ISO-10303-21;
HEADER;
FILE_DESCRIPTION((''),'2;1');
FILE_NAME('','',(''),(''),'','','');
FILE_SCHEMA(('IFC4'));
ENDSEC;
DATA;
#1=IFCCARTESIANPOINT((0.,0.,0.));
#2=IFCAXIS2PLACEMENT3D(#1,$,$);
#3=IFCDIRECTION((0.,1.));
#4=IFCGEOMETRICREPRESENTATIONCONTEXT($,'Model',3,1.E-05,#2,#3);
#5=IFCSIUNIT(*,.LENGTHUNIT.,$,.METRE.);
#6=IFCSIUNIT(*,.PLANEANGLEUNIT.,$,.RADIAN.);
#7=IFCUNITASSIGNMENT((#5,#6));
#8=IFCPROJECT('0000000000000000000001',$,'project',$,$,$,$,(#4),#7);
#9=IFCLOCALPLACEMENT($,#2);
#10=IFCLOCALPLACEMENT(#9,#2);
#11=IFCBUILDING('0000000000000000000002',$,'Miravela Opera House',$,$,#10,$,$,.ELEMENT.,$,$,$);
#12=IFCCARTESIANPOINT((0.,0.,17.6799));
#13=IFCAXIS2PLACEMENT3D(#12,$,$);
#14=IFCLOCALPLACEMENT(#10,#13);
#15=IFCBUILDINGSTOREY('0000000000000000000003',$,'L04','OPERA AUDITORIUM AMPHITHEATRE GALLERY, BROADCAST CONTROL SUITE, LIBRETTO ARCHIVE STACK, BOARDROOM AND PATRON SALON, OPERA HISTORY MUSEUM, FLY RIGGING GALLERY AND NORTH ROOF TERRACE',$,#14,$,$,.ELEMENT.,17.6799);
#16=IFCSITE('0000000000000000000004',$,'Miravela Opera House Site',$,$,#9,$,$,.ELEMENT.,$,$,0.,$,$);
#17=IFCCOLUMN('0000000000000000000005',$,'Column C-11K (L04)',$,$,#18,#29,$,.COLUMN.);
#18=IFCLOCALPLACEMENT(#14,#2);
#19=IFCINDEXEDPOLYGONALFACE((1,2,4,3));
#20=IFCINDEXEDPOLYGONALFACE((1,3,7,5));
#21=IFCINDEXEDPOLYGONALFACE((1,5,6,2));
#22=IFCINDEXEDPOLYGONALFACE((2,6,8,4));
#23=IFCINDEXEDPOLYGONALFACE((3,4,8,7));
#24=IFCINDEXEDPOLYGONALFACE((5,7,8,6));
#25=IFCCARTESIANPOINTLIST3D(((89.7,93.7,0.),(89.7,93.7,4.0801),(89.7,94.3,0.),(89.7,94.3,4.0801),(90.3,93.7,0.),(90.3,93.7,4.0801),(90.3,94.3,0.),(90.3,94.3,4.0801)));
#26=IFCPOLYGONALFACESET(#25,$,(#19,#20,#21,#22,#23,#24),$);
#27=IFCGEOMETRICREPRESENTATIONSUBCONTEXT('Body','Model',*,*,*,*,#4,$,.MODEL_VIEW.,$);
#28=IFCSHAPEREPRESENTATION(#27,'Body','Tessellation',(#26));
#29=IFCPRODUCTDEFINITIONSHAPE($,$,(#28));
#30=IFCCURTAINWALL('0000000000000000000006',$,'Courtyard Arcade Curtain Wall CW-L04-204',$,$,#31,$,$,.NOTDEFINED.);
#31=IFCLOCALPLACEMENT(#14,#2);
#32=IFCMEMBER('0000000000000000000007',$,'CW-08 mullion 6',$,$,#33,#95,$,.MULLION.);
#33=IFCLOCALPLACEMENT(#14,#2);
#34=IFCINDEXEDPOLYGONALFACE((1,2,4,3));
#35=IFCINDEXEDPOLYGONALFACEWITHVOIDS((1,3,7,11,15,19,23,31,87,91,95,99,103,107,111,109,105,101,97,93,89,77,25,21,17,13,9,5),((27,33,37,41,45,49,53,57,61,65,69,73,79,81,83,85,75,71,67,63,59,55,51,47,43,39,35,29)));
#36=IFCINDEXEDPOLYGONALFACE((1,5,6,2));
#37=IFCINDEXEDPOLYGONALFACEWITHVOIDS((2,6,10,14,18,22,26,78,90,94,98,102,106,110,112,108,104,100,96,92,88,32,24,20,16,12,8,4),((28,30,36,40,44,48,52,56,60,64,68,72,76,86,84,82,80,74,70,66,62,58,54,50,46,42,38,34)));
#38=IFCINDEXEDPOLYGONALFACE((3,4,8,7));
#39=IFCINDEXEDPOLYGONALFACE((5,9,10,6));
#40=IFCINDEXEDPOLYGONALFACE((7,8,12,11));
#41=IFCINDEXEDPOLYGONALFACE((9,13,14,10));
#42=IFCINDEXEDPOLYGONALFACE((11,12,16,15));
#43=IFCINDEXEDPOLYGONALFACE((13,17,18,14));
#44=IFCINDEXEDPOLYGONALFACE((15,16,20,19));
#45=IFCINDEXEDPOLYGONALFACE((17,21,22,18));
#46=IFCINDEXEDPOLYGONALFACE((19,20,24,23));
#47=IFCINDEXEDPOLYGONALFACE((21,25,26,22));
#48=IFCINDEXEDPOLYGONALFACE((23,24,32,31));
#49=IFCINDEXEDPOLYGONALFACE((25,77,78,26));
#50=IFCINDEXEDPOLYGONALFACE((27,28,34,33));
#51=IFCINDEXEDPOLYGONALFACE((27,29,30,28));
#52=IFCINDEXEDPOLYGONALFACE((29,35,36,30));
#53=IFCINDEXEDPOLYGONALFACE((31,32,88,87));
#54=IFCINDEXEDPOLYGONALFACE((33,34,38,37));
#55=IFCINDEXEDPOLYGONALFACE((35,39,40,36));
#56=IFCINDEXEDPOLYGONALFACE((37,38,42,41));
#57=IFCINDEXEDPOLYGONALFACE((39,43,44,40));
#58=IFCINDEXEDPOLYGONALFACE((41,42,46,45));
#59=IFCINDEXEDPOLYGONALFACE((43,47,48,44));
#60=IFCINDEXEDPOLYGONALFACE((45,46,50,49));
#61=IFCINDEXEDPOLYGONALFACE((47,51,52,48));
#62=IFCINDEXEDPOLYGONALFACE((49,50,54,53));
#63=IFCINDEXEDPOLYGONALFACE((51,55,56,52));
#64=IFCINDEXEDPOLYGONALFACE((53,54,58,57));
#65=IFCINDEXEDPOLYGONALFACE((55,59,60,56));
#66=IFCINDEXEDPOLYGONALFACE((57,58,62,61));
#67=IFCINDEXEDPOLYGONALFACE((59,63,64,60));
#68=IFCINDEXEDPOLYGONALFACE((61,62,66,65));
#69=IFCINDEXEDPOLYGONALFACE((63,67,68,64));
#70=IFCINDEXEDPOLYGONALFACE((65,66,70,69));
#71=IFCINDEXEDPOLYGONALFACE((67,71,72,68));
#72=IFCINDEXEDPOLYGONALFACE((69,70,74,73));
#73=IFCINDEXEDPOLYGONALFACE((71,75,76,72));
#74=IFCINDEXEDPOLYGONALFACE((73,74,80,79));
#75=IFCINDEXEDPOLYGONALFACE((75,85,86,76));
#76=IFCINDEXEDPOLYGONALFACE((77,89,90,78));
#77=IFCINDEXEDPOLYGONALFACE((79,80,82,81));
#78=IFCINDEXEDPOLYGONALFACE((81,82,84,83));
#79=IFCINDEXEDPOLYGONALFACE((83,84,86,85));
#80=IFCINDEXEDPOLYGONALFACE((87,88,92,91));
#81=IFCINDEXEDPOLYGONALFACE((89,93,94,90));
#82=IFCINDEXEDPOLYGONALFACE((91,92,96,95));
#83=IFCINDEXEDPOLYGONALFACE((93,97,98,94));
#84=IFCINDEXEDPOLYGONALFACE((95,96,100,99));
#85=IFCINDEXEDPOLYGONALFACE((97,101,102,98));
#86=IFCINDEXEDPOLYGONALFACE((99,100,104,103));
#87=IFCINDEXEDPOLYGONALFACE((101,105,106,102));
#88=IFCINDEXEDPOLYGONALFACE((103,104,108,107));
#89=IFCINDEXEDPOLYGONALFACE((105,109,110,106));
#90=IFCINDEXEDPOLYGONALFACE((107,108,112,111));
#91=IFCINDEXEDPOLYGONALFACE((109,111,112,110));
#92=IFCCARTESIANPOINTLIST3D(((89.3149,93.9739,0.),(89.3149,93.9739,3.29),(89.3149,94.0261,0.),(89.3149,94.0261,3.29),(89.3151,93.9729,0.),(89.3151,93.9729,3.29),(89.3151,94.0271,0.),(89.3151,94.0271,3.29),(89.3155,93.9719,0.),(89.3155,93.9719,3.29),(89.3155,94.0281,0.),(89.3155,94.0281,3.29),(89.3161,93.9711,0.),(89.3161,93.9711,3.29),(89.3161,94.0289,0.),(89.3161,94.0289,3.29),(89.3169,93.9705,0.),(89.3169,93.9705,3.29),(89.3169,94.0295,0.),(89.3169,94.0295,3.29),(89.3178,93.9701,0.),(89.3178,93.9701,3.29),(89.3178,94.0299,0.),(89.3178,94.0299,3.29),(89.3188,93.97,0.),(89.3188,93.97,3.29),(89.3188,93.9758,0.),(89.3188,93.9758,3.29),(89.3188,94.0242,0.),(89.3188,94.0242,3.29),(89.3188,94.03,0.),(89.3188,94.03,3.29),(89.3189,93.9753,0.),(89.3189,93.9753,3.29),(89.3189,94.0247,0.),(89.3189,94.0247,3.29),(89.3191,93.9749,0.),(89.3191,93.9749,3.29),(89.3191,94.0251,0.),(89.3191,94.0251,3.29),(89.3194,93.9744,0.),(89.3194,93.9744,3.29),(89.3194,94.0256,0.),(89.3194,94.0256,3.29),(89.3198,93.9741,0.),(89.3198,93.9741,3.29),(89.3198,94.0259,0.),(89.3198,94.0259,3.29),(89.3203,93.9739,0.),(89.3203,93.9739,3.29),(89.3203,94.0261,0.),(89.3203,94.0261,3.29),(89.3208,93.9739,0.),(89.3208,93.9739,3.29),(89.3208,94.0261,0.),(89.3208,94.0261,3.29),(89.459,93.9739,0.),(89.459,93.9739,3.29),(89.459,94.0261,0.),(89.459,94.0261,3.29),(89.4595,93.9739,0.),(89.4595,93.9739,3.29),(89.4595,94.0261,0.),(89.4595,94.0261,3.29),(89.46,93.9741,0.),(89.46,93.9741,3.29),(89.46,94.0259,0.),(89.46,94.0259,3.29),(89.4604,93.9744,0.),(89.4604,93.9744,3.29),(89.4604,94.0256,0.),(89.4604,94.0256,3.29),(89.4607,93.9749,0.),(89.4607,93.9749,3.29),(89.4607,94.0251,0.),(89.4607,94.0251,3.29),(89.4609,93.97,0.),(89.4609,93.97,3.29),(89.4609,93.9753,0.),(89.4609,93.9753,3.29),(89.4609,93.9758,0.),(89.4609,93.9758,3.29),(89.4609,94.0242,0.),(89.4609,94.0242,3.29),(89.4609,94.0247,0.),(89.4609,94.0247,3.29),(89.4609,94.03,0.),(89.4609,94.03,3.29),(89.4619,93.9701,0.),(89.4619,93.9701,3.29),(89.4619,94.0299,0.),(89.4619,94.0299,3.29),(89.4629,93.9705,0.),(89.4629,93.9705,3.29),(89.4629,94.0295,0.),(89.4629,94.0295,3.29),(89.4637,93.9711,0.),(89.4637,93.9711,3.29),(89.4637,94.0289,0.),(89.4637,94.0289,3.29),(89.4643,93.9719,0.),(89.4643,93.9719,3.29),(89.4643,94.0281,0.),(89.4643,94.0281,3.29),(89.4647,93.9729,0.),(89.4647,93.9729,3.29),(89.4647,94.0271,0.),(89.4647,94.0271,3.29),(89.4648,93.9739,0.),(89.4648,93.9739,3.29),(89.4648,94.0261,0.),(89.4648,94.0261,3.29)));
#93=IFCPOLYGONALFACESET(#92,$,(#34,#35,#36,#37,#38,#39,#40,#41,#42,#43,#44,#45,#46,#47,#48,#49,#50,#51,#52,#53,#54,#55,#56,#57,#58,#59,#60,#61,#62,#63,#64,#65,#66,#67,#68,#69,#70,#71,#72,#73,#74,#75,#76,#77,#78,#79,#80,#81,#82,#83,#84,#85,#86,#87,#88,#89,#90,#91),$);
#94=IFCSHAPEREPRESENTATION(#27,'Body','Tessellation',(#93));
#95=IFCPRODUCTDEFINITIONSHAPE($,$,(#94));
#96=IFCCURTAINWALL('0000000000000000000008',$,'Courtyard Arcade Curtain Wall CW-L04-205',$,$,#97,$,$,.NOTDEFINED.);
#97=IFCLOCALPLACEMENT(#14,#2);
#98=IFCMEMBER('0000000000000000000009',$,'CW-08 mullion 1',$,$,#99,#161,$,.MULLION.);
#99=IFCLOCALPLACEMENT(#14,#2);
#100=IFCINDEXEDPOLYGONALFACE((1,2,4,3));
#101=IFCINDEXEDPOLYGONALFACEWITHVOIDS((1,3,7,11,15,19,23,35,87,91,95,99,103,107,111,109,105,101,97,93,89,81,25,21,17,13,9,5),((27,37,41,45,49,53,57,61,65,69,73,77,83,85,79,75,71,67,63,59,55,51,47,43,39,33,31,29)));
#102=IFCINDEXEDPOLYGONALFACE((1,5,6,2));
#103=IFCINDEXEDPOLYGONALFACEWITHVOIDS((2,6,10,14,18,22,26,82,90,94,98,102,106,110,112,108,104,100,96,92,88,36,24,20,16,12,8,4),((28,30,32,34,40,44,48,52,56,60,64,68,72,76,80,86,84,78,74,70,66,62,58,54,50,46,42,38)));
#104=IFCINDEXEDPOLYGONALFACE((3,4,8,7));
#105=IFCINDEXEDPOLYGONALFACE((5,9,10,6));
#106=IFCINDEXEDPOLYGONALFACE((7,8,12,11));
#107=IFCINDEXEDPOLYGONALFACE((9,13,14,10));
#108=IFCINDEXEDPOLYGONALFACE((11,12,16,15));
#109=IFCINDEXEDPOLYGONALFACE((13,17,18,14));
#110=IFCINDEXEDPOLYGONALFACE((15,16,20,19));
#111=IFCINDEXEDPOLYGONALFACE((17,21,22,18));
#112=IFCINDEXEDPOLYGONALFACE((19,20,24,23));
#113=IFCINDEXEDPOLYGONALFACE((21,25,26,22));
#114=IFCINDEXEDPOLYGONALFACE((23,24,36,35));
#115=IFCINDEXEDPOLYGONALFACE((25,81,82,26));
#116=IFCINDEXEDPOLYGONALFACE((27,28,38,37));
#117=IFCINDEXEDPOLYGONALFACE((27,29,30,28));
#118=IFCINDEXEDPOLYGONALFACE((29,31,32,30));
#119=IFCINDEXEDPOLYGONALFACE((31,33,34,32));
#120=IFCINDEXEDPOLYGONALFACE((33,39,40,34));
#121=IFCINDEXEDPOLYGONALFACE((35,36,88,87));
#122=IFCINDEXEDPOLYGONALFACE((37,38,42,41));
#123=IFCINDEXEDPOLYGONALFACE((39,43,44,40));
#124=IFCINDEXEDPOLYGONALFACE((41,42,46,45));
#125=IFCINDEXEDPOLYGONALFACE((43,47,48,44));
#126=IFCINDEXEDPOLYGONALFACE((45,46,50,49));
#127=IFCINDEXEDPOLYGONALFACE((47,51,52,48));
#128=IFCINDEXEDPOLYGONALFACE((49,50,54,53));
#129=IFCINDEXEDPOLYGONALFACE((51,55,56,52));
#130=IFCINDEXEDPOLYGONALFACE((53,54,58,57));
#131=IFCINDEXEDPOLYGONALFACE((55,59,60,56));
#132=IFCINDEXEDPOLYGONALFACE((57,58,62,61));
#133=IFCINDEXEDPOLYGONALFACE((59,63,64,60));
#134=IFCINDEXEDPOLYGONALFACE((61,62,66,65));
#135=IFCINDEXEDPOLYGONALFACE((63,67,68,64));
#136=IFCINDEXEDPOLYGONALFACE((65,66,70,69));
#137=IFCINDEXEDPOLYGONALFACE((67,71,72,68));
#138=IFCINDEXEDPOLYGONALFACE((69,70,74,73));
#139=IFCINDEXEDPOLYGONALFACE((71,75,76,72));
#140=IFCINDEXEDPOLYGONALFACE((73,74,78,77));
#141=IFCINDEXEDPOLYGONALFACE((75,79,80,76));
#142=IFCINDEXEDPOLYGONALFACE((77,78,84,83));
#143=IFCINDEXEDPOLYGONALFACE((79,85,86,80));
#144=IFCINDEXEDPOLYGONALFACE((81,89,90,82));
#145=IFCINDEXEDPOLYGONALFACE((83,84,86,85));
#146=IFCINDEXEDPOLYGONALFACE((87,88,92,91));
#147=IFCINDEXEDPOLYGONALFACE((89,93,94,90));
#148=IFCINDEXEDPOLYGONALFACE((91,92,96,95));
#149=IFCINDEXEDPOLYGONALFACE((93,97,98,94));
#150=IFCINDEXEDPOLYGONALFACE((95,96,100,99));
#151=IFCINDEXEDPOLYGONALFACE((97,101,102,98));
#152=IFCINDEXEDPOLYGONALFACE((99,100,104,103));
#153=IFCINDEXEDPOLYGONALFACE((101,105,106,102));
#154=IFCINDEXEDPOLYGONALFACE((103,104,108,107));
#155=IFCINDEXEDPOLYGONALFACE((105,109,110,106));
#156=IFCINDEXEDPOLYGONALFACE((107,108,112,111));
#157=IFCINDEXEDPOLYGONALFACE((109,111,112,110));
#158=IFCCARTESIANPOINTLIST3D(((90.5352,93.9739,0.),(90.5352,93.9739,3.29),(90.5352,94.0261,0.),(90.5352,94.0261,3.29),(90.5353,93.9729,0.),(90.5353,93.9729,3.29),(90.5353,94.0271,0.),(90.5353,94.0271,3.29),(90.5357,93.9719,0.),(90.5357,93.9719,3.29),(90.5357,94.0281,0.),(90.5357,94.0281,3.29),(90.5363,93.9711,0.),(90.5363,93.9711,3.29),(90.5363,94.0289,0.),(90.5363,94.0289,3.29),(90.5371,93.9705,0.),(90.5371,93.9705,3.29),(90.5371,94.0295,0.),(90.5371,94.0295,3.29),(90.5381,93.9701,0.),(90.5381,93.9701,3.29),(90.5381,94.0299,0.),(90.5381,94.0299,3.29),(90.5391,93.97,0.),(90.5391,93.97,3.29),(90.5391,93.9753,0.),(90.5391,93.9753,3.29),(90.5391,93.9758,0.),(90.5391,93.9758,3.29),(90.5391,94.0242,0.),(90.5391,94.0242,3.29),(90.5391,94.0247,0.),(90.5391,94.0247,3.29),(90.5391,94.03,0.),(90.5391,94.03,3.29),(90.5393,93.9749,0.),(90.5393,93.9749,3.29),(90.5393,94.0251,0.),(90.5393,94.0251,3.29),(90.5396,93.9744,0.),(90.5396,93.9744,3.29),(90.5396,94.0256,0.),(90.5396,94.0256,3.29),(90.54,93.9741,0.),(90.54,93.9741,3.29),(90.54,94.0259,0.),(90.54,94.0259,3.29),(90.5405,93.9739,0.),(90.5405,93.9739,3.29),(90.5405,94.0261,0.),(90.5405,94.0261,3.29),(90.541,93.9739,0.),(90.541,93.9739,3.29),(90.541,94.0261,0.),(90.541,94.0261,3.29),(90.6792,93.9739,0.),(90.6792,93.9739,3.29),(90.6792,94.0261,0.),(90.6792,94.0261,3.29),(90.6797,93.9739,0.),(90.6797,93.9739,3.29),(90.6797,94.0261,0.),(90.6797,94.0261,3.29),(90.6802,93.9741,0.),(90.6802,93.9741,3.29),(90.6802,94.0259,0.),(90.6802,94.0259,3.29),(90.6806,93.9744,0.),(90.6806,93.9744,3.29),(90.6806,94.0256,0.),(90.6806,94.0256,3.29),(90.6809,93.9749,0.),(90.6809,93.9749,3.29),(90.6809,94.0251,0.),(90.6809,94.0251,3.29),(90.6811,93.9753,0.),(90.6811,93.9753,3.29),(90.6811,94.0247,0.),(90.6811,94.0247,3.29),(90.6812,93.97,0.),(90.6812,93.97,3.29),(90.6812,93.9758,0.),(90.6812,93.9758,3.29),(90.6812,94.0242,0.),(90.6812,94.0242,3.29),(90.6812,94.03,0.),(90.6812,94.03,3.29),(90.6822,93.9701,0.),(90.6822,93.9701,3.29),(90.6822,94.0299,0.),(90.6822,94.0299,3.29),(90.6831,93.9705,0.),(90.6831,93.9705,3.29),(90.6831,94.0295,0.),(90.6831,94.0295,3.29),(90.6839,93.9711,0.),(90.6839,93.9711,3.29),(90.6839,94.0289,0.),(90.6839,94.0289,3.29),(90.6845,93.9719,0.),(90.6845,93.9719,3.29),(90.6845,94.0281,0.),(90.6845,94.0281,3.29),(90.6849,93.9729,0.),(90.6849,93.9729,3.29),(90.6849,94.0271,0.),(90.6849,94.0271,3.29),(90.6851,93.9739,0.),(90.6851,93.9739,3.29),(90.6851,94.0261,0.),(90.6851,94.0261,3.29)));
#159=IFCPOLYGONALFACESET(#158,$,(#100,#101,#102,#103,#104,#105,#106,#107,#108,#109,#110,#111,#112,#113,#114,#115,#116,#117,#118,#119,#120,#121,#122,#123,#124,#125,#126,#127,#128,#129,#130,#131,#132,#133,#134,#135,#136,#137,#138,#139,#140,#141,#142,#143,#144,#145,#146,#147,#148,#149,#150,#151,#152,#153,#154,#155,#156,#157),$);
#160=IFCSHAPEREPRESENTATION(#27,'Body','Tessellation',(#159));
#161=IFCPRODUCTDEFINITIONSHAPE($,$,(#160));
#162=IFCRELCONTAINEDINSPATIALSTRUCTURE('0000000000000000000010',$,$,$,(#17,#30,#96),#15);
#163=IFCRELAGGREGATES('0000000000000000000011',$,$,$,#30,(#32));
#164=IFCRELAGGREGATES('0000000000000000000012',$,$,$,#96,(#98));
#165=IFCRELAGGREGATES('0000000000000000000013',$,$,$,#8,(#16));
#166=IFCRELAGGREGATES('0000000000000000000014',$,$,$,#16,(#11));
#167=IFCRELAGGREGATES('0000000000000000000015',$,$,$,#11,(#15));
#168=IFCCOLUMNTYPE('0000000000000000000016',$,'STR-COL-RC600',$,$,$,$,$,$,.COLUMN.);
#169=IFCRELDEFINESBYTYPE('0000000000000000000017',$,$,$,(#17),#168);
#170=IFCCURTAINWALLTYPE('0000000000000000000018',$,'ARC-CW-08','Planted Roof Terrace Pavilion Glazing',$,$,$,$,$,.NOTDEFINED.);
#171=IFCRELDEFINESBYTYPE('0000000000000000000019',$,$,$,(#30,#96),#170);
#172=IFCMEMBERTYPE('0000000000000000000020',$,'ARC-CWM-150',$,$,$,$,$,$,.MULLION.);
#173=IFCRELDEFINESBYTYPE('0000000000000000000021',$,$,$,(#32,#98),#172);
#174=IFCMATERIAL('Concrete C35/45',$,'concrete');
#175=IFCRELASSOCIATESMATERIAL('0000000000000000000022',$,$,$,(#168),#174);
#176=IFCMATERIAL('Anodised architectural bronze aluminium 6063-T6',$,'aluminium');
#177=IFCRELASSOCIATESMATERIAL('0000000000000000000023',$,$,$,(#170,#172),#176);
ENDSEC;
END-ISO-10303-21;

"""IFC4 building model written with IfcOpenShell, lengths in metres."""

from ifc_helpers import new_model, si_unit, direction, frame, origin, origin_2d, place, context, subcontext, project, spatial, rectangle, hollow_rectangle, extrude, material, material_profile, profile_set, type_object, element, aggregate, save


model = new_model("IFC4")

# Units and contexts
model_context = context("Model", 3, precision=1e-05, world=origin(), true_north=direction((0.0, 1.0)))
body_context = subcontext(model_context, "Body", "Model", "MODEL_VIEW")
ifc_project = project(units=[si_unit("LENGTHUNIT", "METRE"), si_unit("PLANEANGLEUNIT", "RADIAN")], contexts=[model_context])

# Site, building, storey
site_placement = place(None, origin())
site = spatial("IfcSite", under=ifc_project, at=site_placement, Name="Miravela Opera House Site", CompositionType="ELEMENT", RefElevation=0.0)
building_placement = place(site_placement, origin())
building = spatial("IfcBuilding", under=site, at=building_placement, Name="Miravela Opera House", CompositionType="ELEMENT")
storey_placement = place(building_placement, frame((0.0, 0.0, 17.6799)))
storey = spatial("IfcBuildingStorey", under=building, at=storey_placement, Name="L04", Description="OPERA AUDITORIUM AMPHITHEATRE GALLERY, BROADCAST CONTROL SUITE, LIBRETTO ARCHIVE STACK, BOARDROOM AND PATRON SALON, OPERA HISTORY MUSEUM, FLY RIGGING GALLERY AND NORTH ROOF TERRACE", CompositionType="ELEMENT", Elevation=17.6799)

# Column
ifc_material_1 = material(Name="Concrete C35/45", Category="concrete")
ifc_material_profile_1 = material_profile(ifc_material_1, rectangle(XDim=0.6001, YDim=0.6001, at=origin_2d()), Name="RC-COL-600X600")
ifc_profile_set_1 = profile_set([ifc_material_profile_1])
column_type = type_object("IfcColumnType", Name="STR-COL-RC600", PredefinedType="COLUMN", material=ifc_profile_set_1)
column_placement = place(storey_placement, frame((90.0, 94.0, 0.0), z_axis=(0.0, 0.0, 1.0), x_axis=(1.0, 0.0, 0.0)))
element("IfcColumn", 1, at=column_placement, inside=storey, type_object=column_type, Name="Column C-11K (L04)", PredefinedType="COLUMN", context=body_context, shape_type="SweptSolid", body=[
    extrude(rectangle(XDim=0.6001, YDim=0.6001, at=origin_2d()), origin(), (0.0, 0.0, 1.0), 4.0801),
])

# Curtain wall, member
ifc_material_2 = material(Name="Anodised architectural bronze aluminium 6063-T6", Category="aluminium")
curtain_wall_type = type_object("IfcCurtainWallType", Name="ARC-CW-08", Description="Planted Roof Terrace Pavilion Glazing", PredefinedType="NOTDEFINED", material=ifc_material_2)
curtain_wall_1_placement = place(storey_placement, origin())
curtain_wall_1 = element("IfcCurtainWall", 2, at=curtain_wall_1_placement, inside=storey, type_object=curtain_wall_type, Name="Courtyard Arcade Curtain Wall CW-L04-204", PredefinedType="NOTDEFINED")
ifc_material_profile_2 = material_profile(ifc_material_2, hollow_rectangle(XDim=0.0601, YDim=0.1499, WallThickness=0.0039, InnerFilletRadius=0.002, OuterFilletRadius=0.0039, at=origin_2d()), Name="CWM-60X150")
ifc_profile_set_2 = profile_set([ifc_material_profile_2])
member_type_1 = type_object("IfcMemberType", Name="ARC-CWM-150", PredefinedType="MULLION", material=ifc_profile_set_2)
member_1_placement = place(storey_placement, frame((89.3899, 94.0, 0.0), z_axis=(0.0, 0.0, 1.0), x_axis=(0.0, 1.0, 0.0)))
member_1 = element("IfcMember", 3, at=member_1_placement, type_object=member_type_1, Name="CW-08 mullion 6", PredefinedType="MULLION", context=body_context, shape_type="SweptSolid", body=[
    extrude(hollow_rectangle(XDim=0.0601, YDim=0.1499, WallThickness=0.0039, InnerFilletRadius=0.002, OuterFilletRadius=0.0039, at=origin_2d()), origin(), (0.0, 0.0, 1.0), 3.29),
])

# Curtain wall, member
curtain_wall_2_placement = place(storey_placement, origin())
curtain_wall_2 = element("IfcCurtainWall", 4, at=curtain_wall_2_placement, inside=storey, type_object=curtain_wall_type, Name="Courtyard Arcade Curtain Wall CW-L04-205", PredefinedType="NOTDEFINED")
member_2_placement = place(storey_placement, frame((90.6101, 94.0, 0.0), z_axis=(0.0, 0.0, 1.0), x_axis=(0.0, 1.0, 0.0)))
member_2 = element("IfcMember", 5, at=member_2_placement, type_object=member_type_1, Name="CW-08 mullion 1", PredefinedType="MULLION", context=body_context, shape_type="SweptSolid", body=[
    extrude(hollow_rectangle(XDim=0.0601, YDim=0.1499, WallThickness=0.0039, InnerFilletRadius=0.002, OuterFilletRadius=0.0039, at=origin_2d()), origin(), (0.0, 0.0, 1.0), 3.29),
])

aggregate(curtain_wall_1, [member_1])
aggregate(curtain_wall_2, [member_2])

save(model, "model.ifc")
